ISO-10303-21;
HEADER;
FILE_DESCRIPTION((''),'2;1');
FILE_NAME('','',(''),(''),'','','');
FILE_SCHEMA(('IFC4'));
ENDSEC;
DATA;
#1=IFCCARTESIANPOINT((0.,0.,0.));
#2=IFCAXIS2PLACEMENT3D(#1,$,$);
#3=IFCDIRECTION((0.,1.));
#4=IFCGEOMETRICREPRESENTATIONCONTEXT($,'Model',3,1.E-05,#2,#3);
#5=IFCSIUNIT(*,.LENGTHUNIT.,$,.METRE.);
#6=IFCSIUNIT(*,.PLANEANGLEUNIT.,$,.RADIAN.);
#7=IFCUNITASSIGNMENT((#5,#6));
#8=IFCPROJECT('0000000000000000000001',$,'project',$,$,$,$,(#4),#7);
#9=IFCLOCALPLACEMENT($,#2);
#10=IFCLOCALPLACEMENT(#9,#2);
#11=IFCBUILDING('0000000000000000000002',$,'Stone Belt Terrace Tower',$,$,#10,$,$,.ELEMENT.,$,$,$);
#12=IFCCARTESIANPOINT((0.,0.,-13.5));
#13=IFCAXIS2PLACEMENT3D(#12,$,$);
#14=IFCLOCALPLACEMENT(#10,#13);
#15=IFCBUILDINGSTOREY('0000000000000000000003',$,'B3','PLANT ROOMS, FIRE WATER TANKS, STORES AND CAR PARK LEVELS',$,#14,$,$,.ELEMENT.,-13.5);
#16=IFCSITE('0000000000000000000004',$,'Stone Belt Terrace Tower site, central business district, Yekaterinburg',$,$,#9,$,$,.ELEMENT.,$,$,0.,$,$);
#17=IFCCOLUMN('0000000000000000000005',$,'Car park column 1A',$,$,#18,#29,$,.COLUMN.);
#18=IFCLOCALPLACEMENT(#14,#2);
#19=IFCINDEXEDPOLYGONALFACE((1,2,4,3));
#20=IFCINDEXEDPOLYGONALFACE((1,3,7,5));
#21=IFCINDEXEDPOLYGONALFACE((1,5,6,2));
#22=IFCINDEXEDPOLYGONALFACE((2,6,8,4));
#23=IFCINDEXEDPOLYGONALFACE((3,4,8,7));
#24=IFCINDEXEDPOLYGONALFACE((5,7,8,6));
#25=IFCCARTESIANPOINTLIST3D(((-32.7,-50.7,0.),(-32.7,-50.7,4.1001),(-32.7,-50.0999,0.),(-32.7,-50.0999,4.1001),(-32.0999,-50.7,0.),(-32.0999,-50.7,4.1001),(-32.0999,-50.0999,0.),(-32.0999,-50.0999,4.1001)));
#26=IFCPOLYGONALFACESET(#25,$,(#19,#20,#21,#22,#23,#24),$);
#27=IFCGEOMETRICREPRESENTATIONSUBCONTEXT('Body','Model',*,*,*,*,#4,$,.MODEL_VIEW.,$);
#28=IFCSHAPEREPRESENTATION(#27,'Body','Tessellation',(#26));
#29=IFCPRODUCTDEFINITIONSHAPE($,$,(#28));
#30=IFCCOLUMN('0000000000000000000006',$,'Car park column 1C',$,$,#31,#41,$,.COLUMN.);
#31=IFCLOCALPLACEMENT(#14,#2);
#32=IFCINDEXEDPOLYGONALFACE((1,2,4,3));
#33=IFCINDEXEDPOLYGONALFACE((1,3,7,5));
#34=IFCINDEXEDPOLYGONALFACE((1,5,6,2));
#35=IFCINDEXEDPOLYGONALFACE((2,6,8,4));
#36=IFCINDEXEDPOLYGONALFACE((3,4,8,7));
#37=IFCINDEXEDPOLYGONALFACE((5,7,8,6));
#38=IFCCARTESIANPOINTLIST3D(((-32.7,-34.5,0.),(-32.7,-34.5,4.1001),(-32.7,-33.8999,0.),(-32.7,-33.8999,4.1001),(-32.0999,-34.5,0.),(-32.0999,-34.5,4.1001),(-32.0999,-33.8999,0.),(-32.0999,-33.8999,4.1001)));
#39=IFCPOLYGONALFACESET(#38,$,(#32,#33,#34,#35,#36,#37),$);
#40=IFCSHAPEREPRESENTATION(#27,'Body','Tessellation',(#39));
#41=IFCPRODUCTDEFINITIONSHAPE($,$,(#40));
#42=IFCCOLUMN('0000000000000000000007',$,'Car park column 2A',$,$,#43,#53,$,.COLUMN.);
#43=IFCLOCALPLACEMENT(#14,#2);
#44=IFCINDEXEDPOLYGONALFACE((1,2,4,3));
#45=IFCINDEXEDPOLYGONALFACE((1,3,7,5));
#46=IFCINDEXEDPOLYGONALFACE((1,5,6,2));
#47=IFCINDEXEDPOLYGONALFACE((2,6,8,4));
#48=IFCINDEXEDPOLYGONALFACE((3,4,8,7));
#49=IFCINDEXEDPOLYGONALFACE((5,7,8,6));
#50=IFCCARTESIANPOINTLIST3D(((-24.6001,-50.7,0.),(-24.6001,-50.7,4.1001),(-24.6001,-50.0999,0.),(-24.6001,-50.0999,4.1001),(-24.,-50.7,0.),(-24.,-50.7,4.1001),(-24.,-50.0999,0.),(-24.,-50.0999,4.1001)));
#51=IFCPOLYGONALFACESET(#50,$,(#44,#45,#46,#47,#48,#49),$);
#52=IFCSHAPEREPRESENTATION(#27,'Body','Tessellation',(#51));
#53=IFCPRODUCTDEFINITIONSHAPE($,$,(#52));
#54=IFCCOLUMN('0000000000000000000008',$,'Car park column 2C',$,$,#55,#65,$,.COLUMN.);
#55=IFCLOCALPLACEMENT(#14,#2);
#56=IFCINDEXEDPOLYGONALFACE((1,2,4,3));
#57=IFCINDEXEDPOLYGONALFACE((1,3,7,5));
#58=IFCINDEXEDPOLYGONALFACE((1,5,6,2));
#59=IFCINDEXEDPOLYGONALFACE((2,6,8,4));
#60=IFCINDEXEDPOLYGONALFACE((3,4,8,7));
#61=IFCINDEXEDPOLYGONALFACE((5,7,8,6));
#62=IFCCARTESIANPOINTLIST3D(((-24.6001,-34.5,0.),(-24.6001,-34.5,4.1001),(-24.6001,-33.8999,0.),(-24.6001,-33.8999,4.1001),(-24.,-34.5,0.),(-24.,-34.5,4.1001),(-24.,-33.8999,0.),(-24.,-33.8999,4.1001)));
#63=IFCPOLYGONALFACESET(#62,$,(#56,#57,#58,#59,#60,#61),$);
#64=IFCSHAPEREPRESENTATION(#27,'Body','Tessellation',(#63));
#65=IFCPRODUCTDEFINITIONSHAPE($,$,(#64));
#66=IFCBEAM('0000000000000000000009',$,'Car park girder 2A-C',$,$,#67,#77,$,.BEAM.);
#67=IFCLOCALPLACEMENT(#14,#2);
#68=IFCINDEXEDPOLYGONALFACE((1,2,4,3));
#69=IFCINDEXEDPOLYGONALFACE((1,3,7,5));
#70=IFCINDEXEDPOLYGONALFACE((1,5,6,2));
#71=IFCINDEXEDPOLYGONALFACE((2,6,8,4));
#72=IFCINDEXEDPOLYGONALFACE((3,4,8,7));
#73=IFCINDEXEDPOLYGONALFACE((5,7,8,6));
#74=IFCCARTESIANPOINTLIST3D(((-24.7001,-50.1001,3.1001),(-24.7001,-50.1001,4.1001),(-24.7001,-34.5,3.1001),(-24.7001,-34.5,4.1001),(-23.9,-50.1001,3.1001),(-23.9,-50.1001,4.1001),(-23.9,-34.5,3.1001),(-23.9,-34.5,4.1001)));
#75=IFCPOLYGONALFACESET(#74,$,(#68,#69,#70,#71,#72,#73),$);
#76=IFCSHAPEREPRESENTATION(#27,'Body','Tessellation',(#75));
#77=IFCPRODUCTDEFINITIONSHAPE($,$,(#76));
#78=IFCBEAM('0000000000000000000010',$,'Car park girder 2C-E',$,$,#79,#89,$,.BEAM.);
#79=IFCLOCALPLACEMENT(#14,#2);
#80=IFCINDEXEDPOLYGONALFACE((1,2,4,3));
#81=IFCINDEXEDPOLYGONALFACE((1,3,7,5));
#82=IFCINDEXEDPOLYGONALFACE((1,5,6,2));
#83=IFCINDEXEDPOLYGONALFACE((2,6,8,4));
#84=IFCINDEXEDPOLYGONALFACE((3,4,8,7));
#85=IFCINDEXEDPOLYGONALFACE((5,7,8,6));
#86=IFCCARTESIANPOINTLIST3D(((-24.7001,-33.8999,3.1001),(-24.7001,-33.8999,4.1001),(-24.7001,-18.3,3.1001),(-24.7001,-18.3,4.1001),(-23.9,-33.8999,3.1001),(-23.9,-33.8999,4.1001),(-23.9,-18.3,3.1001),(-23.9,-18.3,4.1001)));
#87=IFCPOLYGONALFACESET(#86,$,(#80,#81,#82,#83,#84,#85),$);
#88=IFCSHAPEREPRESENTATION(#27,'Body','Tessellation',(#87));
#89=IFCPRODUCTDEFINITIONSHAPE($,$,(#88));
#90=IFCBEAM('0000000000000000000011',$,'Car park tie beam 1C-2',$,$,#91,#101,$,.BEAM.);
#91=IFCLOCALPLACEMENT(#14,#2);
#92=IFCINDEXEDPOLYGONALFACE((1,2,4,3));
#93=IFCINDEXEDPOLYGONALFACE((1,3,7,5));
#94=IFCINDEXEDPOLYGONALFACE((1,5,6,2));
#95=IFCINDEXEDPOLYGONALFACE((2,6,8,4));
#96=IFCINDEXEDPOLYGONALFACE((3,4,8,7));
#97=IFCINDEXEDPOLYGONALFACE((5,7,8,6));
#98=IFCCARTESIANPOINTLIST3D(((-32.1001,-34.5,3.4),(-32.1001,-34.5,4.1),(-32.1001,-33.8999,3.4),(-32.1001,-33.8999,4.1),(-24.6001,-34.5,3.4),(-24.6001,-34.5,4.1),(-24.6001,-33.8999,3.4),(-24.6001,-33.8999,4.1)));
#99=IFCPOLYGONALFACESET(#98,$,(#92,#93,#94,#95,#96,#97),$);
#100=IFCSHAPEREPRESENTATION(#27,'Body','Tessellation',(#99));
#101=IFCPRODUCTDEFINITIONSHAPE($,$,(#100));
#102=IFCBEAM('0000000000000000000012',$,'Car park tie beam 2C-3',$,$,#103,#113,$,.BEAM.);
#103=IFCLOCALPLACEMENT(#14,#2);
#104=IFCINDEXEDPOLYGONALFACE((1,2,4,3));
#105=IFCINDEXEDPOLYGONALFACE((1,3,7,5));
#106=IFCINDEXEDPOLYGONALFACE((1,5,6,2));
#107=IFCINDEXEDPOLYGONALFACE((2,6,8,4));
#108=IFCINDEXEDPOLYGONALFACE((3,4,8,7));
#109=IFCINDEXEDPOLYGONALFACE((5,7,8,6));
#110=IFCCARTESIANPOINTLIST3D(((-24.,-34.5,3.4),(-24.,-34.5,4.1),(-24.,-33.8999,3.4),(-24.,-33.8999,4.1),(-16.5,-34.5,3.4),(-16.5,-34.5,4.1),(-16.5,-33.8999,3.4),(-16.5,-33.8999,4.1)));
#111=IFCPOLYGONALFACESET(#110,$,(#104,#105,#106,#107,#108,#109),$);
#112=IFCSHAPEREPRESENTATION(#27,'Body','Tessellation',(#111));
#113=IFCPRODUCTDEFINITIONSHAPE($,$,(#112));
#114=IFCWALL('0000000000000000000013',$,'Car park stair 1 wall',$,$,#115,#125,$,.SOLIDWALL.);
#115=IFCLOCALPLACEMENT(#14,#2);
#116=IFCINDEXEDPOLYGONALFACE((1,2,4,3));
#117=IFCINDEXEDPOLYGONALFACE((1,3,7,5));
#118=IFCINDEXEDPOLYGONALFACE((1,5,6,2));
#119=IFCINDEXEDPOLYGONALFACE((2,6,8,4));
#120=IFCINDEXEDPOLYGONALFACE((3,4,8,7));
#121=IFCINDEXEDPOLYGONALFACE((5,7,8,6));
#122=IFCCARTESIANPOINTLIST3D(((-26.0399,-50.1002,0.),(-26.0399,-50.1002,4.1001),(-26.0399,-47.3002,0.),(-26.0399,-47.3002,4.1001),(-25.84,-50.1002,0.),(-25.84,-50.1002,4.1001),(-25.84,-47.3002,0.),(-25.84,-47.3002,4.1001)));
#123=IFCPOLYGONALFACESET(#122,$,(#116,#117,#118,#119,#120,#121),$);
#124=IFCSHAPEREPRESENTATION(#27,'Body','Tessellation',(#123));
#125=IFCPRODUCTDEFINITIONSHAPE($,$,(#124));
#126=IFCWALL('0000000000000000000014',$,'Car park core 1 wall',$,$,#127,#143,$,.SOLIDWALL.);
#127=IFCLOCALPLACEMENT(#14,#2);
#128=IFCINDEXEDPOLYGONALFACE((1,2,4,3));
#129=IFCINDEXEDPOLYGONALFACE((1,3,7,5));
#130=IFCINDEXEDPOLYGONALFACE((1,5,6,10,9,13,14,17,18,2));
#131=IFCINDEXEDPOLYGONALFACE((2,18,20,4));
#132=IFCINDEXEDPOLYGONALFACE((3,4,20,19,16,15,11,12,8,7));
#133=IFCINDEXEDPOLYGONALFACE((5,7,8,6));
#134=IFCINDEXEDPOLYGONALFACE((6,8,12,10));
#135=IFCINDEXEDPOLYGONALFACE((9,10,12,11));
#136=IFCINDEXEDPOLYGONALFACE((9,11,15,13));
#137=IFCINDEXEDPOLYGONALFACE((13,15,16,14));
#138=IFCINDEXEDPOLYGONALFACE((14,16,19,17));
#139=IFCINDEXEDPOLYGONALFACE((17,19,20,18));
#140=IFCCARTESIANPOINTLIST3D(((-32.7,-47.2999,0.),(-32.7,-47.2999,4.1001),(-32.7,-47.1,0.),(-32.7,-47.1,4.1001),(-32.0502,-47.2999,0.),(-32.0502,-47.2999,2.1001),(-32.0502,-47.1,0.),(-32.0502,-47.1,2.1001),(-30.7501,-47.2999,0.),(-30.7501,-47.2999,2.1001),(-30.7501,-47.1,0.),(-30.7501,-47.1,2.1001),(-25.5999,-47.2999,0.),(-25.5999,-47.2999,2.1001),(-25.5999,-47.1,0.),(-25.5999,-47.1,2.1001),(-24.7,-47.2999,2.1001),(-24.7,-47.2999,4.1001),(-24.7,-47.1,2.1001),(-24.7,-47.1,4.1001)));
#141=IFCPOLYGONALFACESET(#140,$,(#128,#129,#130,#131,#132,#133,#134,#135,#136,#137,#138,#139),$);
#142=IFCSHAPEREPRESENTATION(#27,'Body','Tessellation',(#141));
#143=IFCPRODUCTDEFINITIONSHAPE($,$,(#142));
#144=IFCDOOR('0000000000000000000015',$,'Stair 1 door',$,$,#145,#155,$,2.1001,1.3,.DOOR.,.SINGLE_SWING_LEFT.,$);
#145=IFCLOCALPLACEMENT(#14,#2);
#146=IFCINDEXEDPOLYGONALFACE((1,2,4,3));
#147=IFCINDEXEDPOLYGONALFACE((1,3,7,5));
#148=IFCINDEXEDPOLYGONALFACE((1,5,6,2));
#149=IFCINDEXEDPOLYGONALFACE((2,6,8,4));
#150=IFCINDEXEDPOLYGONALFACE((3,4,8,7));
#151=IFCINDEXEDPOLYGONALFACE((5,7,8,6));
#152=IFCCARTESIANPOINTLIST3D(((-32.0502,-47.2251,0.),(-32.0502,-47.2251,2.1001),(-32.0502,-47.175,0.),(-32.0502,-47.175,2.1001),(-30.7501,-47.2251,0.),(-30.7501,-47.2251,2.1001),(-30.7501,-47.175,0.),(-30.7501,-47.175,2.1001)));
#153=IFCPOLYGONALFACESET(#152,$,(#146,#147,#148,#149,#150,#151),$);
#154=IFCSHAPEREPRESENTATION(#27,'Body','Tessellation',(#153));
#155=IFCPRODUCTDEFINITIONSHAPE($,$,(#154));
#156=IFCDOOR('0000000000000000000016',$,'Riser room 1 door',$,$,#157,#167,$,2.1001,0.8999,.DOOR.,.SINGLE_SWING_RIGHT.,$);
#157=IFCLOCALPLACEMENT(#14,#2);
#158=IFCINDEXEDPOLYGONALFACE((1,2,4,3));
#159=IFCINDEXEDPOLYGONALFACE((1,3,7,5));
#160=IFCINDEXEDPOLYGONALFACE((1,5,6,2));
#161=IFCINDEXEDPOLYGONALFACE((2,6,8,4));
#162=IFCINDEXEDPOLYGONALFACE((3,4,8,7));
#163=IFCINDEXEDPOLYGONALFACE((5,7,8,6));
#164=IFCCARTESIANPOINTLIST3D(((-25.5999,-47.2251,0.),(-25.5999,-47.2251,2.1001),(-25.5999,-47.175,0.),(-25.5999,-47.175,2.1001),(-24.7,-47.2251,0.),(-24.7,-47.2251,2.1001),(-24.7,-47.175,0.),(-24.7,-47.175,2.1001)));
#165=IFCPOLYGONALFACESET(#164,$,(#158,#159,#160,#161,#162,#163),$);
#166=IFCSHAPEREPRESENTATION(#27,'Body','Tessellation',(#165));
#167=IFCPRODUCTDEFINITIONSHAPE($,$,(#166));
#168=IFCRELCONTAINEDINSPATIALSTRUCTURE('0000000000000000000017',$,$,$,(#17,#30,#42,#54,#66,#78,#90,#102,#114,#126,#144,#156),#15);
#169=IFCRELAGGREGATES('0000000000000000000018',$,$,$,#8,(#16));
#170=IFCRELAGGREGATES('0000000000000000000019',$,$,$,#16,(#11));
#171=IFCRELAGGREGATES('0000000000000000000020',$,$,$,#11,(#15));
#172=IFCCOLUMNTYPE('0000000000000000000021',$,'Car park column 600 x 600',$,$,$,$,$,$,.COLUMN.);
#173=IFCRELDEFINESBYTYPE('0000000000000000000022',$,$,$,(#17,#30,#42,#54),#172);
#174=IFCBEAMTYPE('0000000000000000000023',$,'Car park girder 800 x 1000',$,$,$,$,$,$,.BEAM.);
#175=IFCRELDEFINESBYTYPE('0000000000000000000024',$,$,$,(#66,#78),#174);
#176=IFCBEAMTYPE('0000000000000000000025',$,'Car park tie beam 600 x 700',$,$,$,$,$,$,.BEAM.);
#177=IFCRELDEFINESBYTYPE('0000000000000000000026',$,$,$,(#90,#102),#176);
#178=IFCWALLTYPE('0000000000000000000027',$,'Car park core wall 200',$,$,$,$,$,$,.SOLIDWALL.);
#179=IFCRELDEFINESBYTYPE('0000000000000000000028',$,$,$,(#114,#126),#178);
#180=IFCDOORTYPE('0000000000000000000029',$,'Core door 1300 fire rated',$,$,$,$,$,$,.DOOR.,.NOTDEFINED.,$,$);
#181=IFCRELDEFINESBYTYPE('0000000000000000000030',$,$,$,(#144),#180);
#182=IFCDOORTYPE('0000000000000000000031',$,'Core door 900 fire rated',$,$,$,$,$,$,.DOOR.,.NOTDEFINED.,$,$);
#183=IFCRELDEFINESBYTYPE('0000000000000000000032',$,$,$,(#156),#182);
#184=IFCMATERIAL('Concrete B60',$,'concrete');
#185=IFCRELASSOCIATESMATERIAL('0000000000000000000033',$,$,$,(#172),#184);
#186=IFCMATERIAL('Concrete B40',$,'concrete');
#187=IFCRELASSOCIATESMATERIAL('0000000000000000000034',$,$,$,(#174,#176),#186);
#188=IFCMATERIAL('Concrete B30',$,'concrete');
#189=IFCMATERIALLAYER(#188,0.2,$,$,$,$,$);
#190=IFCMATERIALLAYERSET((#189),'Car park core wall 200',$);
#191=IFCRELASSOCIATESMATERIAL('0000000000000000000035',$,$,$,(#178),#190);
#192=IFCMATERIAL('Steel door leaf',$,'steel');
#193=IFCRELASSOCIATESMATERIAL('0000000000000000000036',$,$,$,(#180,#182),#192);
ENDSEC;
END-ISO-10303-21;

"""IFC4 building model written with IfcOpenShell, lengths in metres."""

from ifc_helpers import new_model, si_unit, direction, frame, frame_2d, origin, origin_2d, place, context, subcontext, project, spatial, rectangle, extrude, material, layer, layer_set, material_profile, profile_set, type_object, element, fill, save


model = new_model("IFC4")

# Units and contexts
model_context = context("Model", 3, precision=1e-05, world=origin(), true_north=direction((0.0, 1.0)))
body_context = subcontext(model_context, "Body", "Model", "MODEL_VIEW")
ifc_project = project(units=[si_unit("LENGTHUNIT", "METRE"), si_unit("PLANEANGLEUNIT", "RADIAN")], contexts=[model_context])

# Site, building, storey
site_placement = place(None, origin())
site = spatial("IfcSite", under=ifc_project, at=site_placement, Name="Stone Belt Terrace Tower site, central business district, Yekaterinburg", CompositionType="ELEMENT", RefElevation=0.0)
building_placement = place(site_placement, origin())
building = spatial("IfcBuilding", under=site, at=building_placement, Name="Stone Belt Terrace Tower", CompositionType="ELEMENT")
storey_placement = place(building_placement, frame((0.0, 0.0, -13.5)))
storey = spatial("IfcBuildingStorey", under=building, at=storey_placement, Name="B3", Description="PLANT ROOMS, FIRE WATER TANKS, STORES AND CAR PARK LEVELS", CompositionType="ELEMENT", Elevation=-13.5)

# Columns
ifc_material_1 = material(Name="Concrete B60", Category="concrete")
ifc_material_profile_1 = material_profile(ifc_material_1, rectangle(XDim=0.6001, YDim=0.6001, at=origin_2d()), Name="Car park column 600 x 600")
ifc_profile_set_1 = profile_set([ifc_material_profile_1], Name="Concrete B60")
column_type = type_object("IfcColumnType", Name="Car park column 600 x 600", PredefinedType="COLUMN", material=ifc_profile_set_1)
for number, where, z_axis, x_axis, name in (
    (1, (-32.3999, -50.3999, 0.0), (0.0, 0.0, 1.0), (1.0, 0.0, 0.0), "Car park column 1A"),
    (2, (-32.3999, -34.2, 0.0), (0.0, 0.0, 1.0), (1.0, 0.0, 0.0), "Car park column 1C"),
    (3, (-24.3, -50.3999, 0.0), (0.0, 0.0, 1.0), (1.0, 0.0, 0.0), "Car park column 2A"),
    (4, (-24.3, -34.2, 0.0), (0.0, 0.0, 1.0), (1.0, 0.0, 0.0), "Car park column 2C"),
):
    element("IfcColumn", number, at=place(storey_placement, frame(where, z_axis=z_axis, x_axis=x_axis)), inside=storey, type_object=column_type, Name=name, PredefinedType="COLUMN", context=body_context, shape_type="SweptSolid", body=[
        extrude(rectangle(XDim=0.6001, YDim=0.6001, at=origin_2d()), origin(), (0.0, 0.0, 1.0), 4.1001),
    ])

# Beams
ifc_material_2 = material(Name="Concrete B40", Category="concrete")
ifc_material_profile_2 = material_profile(ifc_material_2, rectangle(XDim=0.8, YDim=1.0, at=origin_2d()), Name="Car park girder 800 x 1000")
ifc_profile_set_2 = profile_set([ifc_material_profile_2], Name="Concrete B40")
beam_type_1 = type_object("IfcBeamType", Name="Car park girder 800 x 1000", PredefinedType="BEAM", material=ifc_profile_set_2)
beam_1_placement = place(storey_placement, frame((-24.3, -50.1001, 3.6001), z_axis=(0.0, 1.0, 0.0), x_axis=(-1.0, 0.0, 0.0)))
element("IfcBeam", 5, at=beam_1_placement, inside=storey, type_object=beam_type_1, Name="Car park girder 2A-C", PredefinedType="BEAM", context=body_context, shape_type="SweptSolid", body=[
    extrude(rectangle(XDim=0.8, YDim=1.0, at=origin_2d()), origin(), (0.0, 0.0, 1.0), 15.6001),
])
beam_2_placement = place(storey_placement, frame((-24.3, -33.8999, 3.6001), z_axis=(0.0, 1.0, 0.0), x_axis=(-1.0, 0.0, 0.0)))
element("IfcBeam", 6, at=beam_2_placement, inside=storey, type_object=beam_type_1, Name="Car park girder 2C-E", PredefinedType="BEAM", context=body_context, shape_type="SweptSolid", body=[
    extrude(rectangle(XDim=0.8, YDim=1.0, at=origin_2d()), origin(), (0.0, 0.0, 1.0), 15.5999),
])
ifc_material_profile_3 = material_profile(ifc_material_2, rectangle(XDim=0.6001, YDim=0.7, at=origin_2d()), Name="Car park tie beam 600 x 700")
ifc_profile_set_3 = profile_set([ifc_material_profile_3], Name="Concrete B40")
beam_type_2 = type_object("IfcBeamType", Name="Car park tie beam 600 x 700", PredefinedType="BEAM", material=ifc_profile_set_3)
for number, where, z_axis, x_axis, name in (
    (7, (-32.1001, -34.2, 3.75), (1.0, 0.0, 0.0), (0.0, 1.0, 0.0), "Car park tie beam 1C-2"),
    (8, (-24.0, -34.2, 3.75), (1.0, 0.0, 0.0), (0.0, 1.0, 0.0), "Car park tie beam 2C-3"),
):
    element("IfcBeam", number, at=place(storey_placement, frame(where, z_axis=z_axis, x_axis=x_axis)), inside=storey, type_object=beam_type_2, Name=name, PredefinedType="BEAM", context=body_context, shape_type="SweptSolid", body=[
        extrude(rectangle(XDim=0.6001, YDim=0.7, at=origin_2d()), origin(), (0.0, 0.0, 1.0), 7.5),
    ])

# Wall
ifc_material_3 = material(Name="Concrete B30", Category="concrete")
ifc_layer_1 = layer(ifc_material_3, 0.2)
ifc_layer_set_1 = layer_set([ifc_layer_1], Name="Car park core wall 200")
wall_type_1 = type_object("IfcWallType", Name="Car park core wall 200", PredefinedType="SOLIDWALL", material=ifc_layer_set_1)
wall_1_placement = place(storey_placement, frame((-25.9399, -50.1001, 0.0), z_axis=(0.0, 0.0, 1.0), x_axis=(0.0, 1.0, 0.0)))
element("IfcWall", 9, at=wall_1_placement, inside=storey, type_object=wall_type_1, Name="Car park stair 1 wall", PredefinedType="SOLIDWALL", context=body_context, shape_type="SweptSolid", body=[
    extrude(rectangle(XDim=2.8, YDim=0.2, at=frame_2d((1.3999, 0.0))), origin(), (0.0, 0.0, 1.0), 4.1001),
])

# Wall, openings, doors
wall_2_placement = place(storey_placement, frame((-32.7, -47.2, 0.0), z_axis=(0.0, 0.0, 1.0), x_axis=(1.0, 0.0, 0.0)))
wall_2 = element("IfcWall", 10, at=wall_2_placement, inside=storey, type_object=wall_type_1, Name="Car park core 1 wall", PredefinedType="SOLIDWALL", context=body_context, shape_type="SweptSolid", body=[
    extrude(rectangle(XDim=8.0, YDim=0.2, at=frame_2d((4.0, 0.0))), origin(), (0.0, 0.0, 1.0), 4.1001),
])
opening_1_placement = place(wall_2_placement, frame((0.6499, 0.0, 0.0)))
opening_1 = element("IfcOpeningElement", 11, at=opening_1_placement, cuts=wall_2, PredefinedType="OPENING", context=body_context, shape_type="SweptSolid", body=[
    extrude(rectangle(XDim=1.3, YDim=2.1001, at=frame_2d((0.6499, 1.05))), frame((0.0, 0.1099, 0.0), z_axis=(0.0, -1.0, 0.0), x_axis=(1.0, 0.0, 0.0)), (0.0, 0.0, 1.0), 0.22),
])
opening_2_placement = place(wall_2_placement, frame((7.1001, 0.0, 0.0)))
opening_2 = element("IfcOpeningElement", 12, at=opening_2_placement, cuts=wall_2, PredefinedType="OPENING", context=body_context, shape_type="SweptSolid", body=[
    extrude(rectangle(XDim=0.8999, YDim=2.1001, at=frame_2d((0.45, 1.05))), frame((0.0, 0.1099, 0.0), z_axis=(0.0, -1.0, 0.0), x_axis=(1.0, 0.0, 0.0)), (0.0, 0.0, 1.0), 0.22),
])
ifc_material_4 = material(Name="Steel door leaf", Category="steel")
door_type_1 = type_object("IfcDoorType", Name="Core door 1300 fire rated", OperationType="NOTDEFINED", PredefinedType="DOOR", material=ifc_material_4)
door_1_placement = place(opening_1_placement, origin())
door_1 = element("IfcDoor", 13, at=door_1_placement, inside=storey, type_object=door_type_1, Name="Stair 1 door", OperationType="SINGLE_SWING_LEFT", OverallHeight=2.1001, OverallWidth=1.3, PredefinedType="DOOR", context=body_context, shape_type="SweptSolid", body=[
    extrude(rectangle(XDim=1.3, YDim=2.1001, at=frame_2d((0.6499, 1.05))), frame((0.0, 0.0249, 0.0), z_axis=(0.0, -1.0, 0.0), x_axis=(1.0, 0.0, 0.0)), (0.0, 0.0, 1.0), 0.05),
])
fill(opening_1, door_1)
door_type_2 = type_object("IfcDoorType", Name="Core door 900 fire rated", OperationType="NOTDEFINED", PredefinedType="DOOR", material=ifc_material_4)
door_2_placement = place(opening_2_placement, origin())
door_2 = element("IfcDoor", 14, at=door_2_placement, inside=storey, type_object=door_type_2, Name="Riser room 1 door", OperationType="SINGLE_SWING_RIGHT", OverallHeight=2.1001, OverallWidth=0.8999, PredefinedType="DOOR", context=body_context, shape_type="SweptSolid", body=[
    extrude(rectangle(XDim=0.8999, YDim=2.1001, at=frame_2d((0.45, 1.05))), frame((0.0, 0.0249, 0.0), z_axis=(0.0, -1.0, 0.0), x_axis=(1.0, 0.0, 0.0)), (0.0, 0.0, 1.0), 0.05),
])
fill(opening_2, door_2)

save(model, "model.ifc")
